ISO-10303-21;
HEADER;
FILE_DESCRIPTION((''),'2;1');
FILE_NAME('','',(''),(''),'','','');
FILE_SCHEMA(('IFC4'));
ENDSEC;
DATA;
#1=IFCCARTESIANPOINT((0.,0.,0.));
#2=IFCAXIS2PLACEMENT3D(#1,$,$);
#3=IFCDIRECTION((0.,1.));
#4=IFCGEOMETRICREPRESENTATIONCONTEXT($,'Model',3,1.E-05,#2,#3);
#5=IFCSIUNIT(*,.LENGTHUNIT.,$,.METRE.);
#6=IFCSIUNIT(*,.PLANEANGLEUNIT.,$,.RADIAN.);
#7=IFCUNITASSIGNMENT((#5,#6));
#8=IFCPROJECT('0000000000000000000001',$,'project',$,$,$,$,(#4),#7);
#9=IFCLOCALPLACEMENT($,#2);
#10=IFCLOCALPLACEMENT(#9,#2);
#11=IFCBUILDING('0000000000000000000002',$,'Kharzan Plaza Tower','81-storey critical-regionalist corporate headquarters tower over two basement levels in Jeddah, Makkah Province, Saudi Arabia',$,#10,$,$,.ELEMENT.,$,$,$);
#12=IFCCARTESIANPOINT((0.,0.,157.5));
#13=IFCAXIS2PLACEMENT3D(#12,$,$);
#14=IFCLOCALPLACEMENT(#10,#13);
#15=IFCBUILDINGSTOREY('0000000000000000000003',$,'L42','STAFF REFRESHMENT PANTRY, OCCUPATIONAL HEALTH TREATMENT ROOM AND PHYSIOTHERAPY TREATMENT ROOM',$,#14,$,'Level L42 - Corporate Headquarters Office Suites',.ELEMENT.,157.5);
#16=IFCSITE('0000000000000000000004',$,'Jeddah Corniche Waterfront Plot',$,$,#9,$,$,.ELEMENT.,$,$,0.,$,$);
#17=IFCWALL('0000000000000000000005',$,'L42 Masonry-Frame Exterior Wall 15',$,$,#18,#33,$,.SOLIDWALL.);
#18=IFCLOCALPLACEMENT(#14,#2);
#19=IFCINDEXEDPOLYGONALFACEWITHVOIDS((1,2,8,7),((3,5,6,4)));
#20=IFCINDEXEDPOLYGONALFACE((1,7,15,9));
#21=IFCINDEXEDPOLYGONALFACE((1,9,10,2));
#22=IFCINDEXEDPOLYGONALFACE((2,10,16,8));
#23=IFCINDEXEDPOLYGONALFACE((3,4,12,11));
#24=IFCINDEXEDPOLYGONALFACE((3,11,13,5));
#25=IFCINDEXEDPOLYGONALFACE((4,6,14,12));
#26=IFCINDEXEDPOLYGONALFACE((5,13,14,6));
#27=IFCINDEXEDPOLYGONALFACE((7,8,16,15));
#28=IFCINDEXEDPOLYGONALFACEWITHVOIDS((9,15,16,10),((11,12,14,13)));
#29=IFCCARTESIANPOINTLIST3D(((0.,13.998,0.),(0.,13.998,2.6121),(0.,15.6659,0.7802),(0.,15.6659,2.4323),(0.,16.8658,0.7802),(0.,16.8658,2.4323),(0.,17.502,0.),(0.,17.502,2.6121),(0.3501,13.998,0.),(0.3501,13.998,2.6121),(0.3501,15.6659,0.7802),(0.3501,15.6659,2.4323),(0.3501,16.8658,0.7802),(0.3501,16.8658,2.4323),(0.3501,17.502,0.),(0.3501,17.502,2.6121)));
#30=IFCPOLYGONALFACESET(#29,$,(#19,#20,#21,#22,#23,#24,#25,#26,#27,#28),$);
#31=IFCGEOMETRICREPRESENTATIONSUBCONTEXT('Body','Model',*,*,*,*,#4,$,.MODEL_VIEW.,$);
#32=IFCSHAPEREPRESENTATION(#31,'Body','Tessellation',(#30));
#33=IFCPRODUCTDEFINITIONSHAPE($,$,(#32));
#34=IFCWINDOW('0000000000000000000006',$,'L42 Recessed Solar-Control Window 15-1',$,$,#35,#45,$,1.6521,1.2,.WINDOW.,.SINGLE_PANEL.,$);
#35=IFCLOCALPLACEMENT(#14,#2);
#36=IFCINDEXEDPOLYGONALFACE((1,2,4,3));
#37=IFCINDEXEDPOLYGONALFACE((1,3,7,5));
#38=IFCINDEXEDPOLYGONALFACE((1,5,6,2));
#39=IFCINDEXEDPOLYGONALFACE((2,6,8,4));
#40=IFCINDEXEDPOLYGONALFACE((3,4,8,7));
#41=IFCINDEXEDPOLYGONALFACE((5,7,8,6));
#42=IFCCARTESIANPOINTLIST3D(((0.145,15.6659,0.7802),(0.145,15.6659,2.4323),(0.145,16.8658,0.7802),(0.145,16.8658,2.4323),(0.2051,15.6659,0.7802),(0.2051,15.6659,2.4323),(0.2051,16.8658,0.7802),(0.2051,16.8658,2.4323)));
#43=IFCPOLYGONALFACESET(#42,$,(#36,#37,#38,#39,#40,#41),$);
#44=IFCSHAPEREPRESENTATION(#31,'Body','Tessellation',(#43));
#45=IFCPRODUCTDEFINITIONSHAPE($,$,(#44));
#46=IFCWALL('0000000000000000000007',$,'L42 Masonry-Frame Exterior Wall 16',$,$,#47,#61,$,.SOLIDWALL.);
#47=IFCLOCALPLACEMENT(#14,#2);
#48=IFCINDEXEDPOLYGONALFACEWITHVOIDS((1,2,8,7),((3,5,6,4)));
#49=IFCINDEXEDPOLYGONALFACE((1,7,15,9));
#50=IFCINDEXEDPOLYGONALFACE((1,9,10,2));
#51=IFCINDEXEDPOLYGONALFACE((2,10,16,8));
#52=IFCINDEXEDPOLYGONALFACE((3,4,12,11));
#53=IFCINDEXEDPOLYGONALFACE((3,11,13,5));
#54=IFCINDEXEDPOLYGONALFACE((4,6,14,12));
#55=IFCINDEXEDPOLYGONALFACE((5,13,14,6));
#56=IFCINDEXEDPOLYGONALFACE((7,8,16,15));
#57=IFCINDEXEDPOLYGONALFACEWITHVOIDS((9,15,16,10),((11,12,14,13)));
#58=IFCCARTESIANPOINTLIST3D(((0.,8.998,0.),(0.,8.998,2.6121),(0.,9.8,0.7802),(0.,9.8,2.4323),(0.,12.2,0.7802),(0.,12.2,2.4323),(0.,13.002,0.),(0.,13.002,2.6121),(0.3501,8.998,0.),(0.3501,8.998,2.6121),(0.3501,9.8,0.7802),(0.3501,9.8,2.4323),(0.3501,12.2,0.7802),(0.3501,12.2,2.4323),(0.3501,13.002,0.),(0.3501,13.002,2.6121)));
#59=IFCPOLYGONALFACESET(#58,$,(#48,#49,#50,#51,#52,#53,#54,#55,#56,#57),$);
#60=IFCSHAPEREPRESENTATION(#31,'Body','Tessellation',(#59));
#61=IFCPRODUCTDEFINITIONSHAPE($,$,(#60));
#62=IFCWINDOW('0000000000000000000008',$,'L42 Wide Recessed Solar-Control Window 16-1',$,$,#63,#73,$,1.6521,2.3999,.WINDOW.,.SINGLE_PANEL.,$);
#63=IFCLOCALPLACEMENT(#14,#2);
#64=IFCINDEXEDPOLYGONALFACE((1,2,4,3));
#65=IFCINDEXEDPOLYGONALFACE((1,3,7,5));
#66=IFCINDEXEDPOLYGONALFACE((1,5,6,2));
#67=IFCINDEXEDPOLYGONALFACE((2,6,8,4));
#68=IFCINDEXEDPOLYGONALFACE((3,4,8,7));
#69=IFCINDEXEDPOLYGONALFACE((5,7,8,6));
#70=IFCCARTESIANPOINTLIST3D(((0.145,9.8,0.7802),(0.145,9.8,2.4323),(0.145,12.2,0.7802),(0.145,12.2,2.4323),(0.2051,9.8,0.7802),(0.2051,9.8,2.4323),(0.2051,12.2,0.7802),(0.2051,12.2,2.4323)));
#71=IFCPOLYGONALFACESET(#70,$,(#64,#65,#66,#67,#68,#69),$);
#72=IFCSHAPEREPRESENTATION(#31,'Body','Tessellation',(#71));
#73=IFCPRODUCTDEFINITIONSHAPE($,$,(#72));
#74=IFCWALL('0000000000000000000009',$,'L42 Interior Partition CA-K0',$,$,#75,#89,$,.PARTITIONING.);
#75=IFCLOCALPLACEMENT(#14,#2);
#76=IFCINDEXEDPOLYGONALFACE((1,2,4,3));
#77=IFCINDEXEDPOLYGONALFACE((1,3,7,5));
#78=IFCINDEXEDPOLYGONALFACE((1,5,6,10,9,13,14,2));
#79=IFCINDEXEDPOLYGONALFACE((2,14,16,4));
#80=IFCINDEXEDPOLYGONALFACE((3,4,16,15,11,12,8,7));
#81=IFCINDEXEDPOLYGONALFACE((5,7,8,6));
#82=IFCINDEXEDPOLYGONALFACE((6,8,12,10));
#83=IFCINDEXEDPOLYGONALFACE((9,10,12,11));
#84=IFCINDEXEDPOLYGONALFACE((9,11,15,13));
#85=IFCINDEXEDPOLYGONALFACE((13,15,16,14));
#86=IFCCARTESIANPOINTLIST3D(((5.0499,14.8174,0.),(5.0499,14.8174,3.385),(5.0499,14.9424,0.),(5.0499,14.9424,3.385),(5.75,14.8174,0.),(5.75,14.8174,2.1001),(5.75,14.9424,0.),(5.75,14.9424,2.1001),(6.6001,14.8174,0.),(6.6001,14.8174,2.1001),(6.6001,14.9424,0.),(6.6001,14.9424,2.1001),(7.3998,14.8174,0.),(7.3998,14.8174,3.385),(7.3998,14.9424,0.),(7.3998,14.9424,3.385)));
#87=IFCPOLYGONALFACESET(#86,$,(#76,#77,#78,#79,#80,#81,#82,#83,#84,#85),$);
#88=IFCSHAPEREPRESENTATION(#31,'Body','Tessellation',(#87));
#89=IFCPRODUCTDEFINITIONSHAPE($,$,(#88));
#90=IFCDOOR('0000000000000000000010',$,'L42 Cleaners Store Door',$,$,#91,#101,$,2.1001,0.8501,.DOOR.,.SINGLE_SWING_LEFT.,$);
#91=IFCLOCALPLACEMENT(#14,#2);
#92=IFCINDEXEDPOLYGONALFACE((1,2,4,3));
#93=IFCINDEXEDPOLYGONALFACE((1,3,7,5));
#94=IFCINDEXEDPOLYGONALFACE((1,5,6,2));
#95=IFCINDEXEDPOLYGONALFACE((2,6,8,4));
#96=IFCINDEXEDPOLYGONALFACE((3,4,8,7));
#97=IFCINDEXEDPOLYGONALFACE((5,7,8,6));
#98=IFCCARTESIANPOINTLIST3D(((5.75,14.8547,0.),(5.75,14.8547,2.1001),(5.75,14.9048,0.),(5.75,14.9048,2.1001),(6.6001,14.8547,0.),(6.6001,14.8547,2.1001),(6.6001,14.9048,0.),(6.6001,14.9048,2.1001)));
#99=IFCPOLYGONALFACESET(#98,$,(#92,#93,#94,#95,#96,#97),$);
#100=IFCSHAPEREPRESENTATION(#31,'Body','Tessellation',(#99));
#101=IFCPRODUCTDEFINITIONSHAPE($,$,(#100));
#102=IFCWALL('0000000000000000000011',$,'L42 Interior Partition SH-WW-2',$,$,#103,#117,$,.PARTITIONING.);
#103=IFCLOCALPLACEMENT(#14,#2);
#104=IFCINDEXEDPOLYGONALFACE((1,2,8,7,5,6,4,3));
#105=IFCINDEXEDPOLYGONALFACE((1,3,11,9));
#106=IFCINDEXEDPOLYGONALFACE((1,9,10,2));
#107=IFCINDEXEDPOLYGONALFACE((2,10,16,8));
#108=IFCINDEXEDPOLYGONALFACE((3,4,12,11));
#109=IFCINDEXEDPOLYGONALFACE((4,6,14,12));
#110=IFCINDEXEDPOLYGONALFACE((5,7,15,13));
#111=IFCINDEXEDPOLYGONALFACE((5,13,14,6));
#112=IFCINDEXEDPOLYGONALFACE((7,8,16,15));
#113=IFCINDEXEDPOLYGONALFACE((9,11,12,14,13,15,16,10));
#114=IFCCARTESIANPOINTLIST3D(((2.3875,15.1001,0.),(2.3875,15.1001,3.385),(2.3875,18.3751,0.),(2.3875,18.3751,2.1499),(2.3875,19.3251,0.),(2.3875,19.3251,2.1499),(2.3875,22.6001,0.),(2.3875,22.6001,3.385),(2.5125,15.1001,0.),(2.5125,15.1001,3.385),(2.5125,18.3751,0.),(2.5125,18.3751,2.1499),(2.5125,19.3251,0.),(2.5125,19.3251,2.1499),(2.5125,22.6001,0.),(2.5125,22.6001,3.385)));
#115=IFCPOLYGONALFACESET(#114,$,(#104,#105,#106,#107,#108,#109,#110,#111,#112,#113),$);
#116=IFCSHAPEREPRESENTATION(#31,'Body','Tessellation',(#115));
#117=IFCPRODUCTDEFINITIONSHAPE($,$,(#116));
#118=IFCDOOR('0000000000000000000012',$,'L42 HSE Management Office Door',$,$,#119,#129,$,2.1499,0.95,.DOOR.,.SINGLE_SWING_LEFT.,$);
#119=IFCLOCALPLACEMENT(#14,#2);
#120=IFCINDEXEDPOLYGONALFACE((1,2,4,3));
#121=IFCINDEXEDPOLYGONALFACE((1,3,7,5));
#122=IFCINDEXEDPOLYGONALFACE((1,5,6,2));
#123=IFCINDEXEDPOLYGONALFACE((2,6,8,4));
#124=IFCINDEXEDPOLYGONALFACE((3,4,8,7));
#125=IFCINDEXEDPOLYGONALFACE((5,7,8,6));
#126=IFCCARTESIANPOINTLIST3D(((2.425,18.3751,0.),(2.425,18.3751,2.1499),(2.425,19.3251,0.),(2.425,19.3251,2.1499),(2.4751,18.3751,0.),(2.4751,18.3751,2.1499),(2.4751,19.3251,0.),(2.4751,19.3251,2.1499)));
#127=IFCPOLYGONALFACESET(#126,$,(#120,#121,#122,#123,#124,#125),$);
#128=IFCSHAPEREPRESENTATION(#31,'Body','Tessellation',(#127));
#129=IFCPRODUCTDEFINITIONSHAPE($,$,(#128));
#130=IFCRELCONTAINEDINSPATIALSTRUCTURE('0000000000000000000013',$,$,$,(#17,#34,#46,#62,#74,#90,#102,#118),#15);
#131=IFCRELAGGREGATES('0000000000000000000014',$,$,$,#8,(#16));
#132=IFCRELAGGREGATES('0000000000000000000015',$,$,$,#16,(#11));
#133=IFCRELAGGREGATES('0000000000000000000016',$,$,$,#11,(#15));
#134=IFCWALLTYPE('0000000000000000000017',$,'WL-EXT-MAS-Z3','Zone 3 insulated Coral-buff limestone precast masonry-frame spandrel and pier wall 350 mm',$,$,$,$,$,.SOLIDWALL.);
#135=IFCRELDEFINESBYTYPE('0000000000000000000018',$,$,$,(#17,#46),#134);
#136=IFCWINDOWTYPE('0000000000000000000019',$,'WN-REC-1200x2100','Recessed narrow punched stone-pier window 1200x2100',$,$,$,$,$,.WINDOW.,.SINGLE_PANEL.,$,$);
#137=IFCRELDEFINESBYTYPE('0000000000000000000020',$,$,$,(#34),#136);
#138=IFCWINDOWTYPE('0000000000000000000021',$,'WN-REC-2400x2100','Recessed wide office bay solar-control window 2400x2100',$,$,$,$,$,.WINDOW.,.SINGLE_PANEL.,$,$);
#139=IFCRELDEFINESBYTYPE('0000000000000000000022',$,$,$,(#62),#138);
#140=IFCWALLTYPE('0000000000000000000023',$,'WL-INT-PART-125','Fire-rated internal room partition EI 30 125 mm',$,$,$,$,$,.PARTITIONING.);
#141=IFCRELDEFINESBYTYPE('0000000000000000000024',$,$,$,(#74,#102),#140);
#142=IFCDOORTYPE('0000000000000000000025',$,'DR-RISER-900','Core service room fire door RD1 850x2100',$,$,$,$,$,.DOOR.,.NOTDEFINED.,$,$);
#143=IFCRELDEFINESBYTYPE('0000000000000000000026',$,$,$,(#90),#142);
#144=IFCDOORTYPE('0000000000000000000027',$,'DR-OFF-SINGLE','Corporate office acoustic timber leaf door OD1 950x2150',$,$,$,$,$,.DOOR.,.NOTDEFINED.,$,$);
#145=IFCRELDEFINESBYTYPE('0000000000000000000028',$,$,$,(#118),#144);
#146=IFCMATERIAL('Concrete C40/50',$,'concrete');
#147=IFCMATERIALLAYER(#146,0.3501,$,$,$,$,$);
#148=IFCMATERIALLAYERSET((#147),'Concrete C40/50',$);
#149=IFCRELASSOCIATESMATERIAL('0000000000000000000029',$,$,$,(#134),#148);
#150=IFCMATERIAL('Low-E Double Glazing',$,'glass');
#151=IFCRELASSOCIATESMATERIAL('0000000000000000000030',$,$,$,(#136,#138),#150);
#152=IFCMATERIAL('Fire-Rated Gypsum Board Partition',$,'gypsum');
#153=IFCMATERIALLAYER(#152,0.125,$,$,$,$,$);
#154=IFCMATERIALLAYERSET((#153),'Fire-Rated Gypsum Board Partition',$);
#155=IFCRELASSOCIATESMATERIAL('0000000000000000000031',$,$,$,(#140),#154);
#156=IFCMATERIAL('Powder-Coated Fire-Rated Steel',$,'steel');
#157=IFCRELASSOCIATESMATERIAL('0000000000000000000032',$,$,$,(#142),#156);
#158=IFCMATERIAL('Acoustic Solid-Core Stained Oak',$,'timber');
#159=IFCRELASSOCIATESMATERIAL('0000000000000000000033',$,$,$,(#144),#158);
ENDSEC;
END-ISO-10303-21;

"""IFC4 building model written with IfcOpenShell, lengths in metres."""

from ifc_helpers import new_model, si_unit, direction, frame, frame_2d, origin, place, context, subcontext, project, spatial, rectangle, extrude, source, transform, mapped, material, layer, layer_set, type_object, element, fill, save


model = new_model("IFC4")

# Units and contexts
model_context = context("Model", 3, precision=1e-05, world=origin(), true_north=direction((0.0, 1.0)))
body_context = subcontext(model_context, "Body", "Model", "MODEL_VIEW")
ifc_project = project(units=[si_unit("LENGTHUNIT", "METRE"), si_unit("PLANEANGLEUNIT", "RADIAN")], contexts=[model_context])

# Site, building, storey
site_placement = place(None, origin())
site = spatial("IfcSite", under=ifc_project, at=site_placement, Name="Jeddah Corniche Waterfront Plot", CompositionType="ELEMENT", RefElevation=0.0)
building_placement = place(site_placement, origin())
building = spatial("IfcBuilding", under=site, at=building_placement, Name="Kharzan Plaza Tower", Description="81-storey critical-regionalist corporate headquarters tower over two basement levels in Jeddah, Makkah Province, Saudi Arabia", CompositionType="ELEMENT")
storey_placement = place(building_placement, frame((0.0, 0.0, 157.5)))
storey = spatial("IfcBuildingStorey", under=building, at=storey_placement, Name="L42", Description="STAFF REFRESHMENT PANTRY, OCCUPATIONAL HEALTH TREATMENT ROOM AND PHYSIOTHERAPY TREATMENT ROOM", LongName="Level L42 - Corporate Headquarters Office Suites", CompositionType="ELEMENT", Elevation=157.5)

# Walls, openings, windows
ifc_material_1 = material(Name="Concrete C40/50", Category="concrete")
ifc_layer_1 = layer(ifc_material_1, 0.3501)
ifc_layer_set_1 = layer_set([ifc_layer_1], Name="Concrete C40/50")
wall_type_1 = type_object("IfcWallType", Name="WL-EXT-MAS-Z3", Description="Zone 3 insulated Coral-buff limestone precast masonry-frame spandrel and pier wall 350 mm", PredefinedType="SOLIDWALL", material=ifc_layer_set_1)
wall_1_placement = place(storey_placement, frame((0.175, 17.502, 0.0), z_axis=(0.0, 0.0, 1.0), x_axis=(0.0, -1.0, 0.0)))
wall_1 = element("IfcWall", 1, at=wall_1_placement, inside=storey, type_object=wall_type_1, Name="L42 Masonry-Frame Exterior Wall 15", PredefinedType="SOLIDWALL", context=body_context, shape_type="SweptSolid", body=[
    extrude(rectangle(XDim=3.5039, YDim=0.3501, at=frame_2d((1.752, 0.0))), origin(), (0.0, 0.0, 1.0), 2.6121),
])
opening_1_placement = place(wall_1_placement, frame((0.636, 0.0, 0.78)))
opening_1 = element("IfcOpeningElement", 2, at=opening_1_placement, cuts=wall_1, PredefinedType="OPENING", context=body_context, shape_type="SweptSolid", body=[
    extrude(rectangle(XDim=1.2, YDim=1.6521, at=frame_2d((0.6001, 0.8262))), frame((0.0, 0.1851, 0.0), z_axis=(0.0, -1.0, 0.0), x_axis=(1.0, 0.0, 0.0)), (0.0, 0.0, 1.0), 0.3701),
])
ifc_material_2 = material(Name="Low-E Double Glazing", Category="glass")
window_type_1 = type_object("IfcWindowType", Name="WN-REC-1200x2100", Description="Recessed narrow punched stone-pier window 1200x2100", PartitioningType="SINGLE_PANEL", PredefinedType="WINDOW", material=ifc_material_2)
shared_shape_1 = source(origin(), body_context, "Body", "SweptSolid", [
    extrude(rectangle(XDim=1.2, YDim=1.6521, at=frame_2d((0.6001, 0.8262))), frame((0.0, 0.03, 0.0), z_axis=(0.0, -1.0, 0.0), x_axis=(1.0, 0.0, 0.0)), (0.0, 0.0, 1.0), 0.0601),
])
window_1_placement = place(opening_1_placement, origin())
window_1 = element("IfcWindow", 3, at=window_1_placement, inside=storey, type_object=window_type_1, Name="L42 Recessed Solar-Control Window 15-1", OverallHeight=1.6521, OverallWidth=1.2, PartitioningType="SINGLE_PANEL", PredefinedType="WINDOW", context=body_context, shape_type="MappedRepresentation", body=[
    mapped(shared_shape_1, transform((0.0, 0.0, 0.0), x_axis=(1.0, 0.0, 0.0), y_axis=(0.0, 1.0, 0.0), z_axis=(0.0, 0.0, 1.0))),
])
fill(opening_1, window_1)
wall_2_placement = place(storey_placement, frame((0.175, 13.002, 0.0), z_axis=(0.0, 0.0, 1.0), x_axis=(0.0, -1.0, 0.0)))
wall_2 = element("IfcWall", 4, at=wall_2_placement, inside=storey, type_object=wall_type_1, Name="L42 Masonry-Frame Exterior Wall 16", PredefinedType="SOLIDWALL", context=body_context, shape_type="SweptSolid", body=[
    extrude(rectangle(XDim=4.0039, YDim=0.3501, at=frame_2d((2.002, 0.0))), origin(), (0.0, 0.0, 1.0), 2.6121),
])
opening_2_placement = place(wall_2_placement, frame((0.802, 0.0, 0.78)))
opening_2 = element("IfcOpeningElement", 5, at=opening_2_placement, cuts=wall_2, PredefinedType="OPENING", context=body_context, shape_type="SweptSolid", body=[
    extrude(rectangle(XDim=2.3999, YDim=1.6521, at=frame_2d((1.2, 0.8262))), frame((0.0, 0.1851, 0.0), z_axis=(0.0, -1.0, 0.0), x_axis=(1.0, 0.0, 0.0)), (0.0, 0.0, 1.0), 0.3701),
])
window_type_2 = type_object("IfcWindowType", Name="WN-REC-2400x2100", Description="Recessed wide office bay solar-control window 2400x2100", PartitioningType="SINGLE_PANEL", PredefinedType="WINDOW", material=ifc_material_2)
shared_shape_2 = source(origin(), body_context, "Body", "SweptSolid", [
    extrude(rectangle(XDim=2.3999, YDim=1.6521, at=frame_2d((1.2, 0.8262))), frame((0.0, 0.03, 0.0), z_axis=(0.0, -1.0, 0.0), x_axis=(1.0, 0.0, 0.0)), (0.0, 0.0, 1.0), 0.0601),
])
window_2_placement = place(opening_2_placement, origin())
window_2 = element("IfcWindow", 6, at=window_2_placement, inside=storey, type_object=window_type_2, Name="L42 Wide Recessed Solar-Control Window 16-1", OverallHeight=1.6521, OverallWidth=2.3999, PartitioningType="SINGLE_PANEL", PredefinedType="WINDOW", context=body_context, shape_type="MappedRepresentation", body=[
    mapped(shared_shape_2, transform((0.0, 0.0, 0.0), x_axis=(1.0, 0.0, 0.0), y_axis=(0.0, 1.0, 0.0), z_axis=(0.0, 0.0, 1.0))),
])
fill(opening_2, window_2)

# Walls, openings, doors
ifc_material_3 = material(Name="Fire-Rated Gypsum Board Partition", Category="gypsum")
ifc_layer_2 = layer(ifc_material_3, 0.125)
ifc_layer_set_2 = layer_set([ifc_layer_2], Name="Fire-Rated Gypsum Board Partition")
wall_type_2 = type_object("IfcWallType", Name="WL-INT-PART-125", Description="Fire-rated internal room partition EI 30 125 mm", PredefinedType="PARTITIONING", material=ifc_layer_set_2)
wall_3_placement = place(storey_placement, frame((5.05, 14.8799, 0.0), z_axis=(0.0, 0.0, 1.0), x_axis=(1.0, 0.0, 0.0)))
wall_3 = element("IfcWall", 7, at=wall_3_placement, inside=storey, type_object=wall_type_2, Name="L42 Interior Partition CA-K0", PredefinedType="PARTITIONING", context=body_context, shape_type="SweptSolid", body=[
    extrude(rectangle(XDim=2.3499, YDim=0.125, at=frame_2d((1.1748, 0.0))), origin(), (0.0, 0.0, 1.0), 3.385),
])
opening_3_placement = place(wall_3_placement, frame((0.7, 0.0, 0.0)))
opening_3 = element("IfcOpeningElement", 8, at=opening_3_placement, cuts=wall_3, PredefinedType="OPENING", context=body_context, shape_type="SweptSolid", body=[
    extrude(rectangle(XDim=0.8501, YDim=2.1001, at=frame_2d((0.425, 1.05))), frame((0.0, 0.0725, 0.0), z_axis=(0.0, -1.0, 0.0), x_axis=(1.0, 0.0, 0.0)), (0.0, 0.0, 1.0), 0.145),
])
ifc_material_4 = material(Name="Powder-Coated Fire-Rated Steel", Category="steel")
door_type_1 = type_object("IfcDoorType", Name="DR-RISER-900", Description="Core service room fire door RD1 850x2100", OperationType="NOTDEFINED", PredefinedType="DOOR", material=ifc_material_4)
shared_shape_3 = source(origin(), body_context, "Body", "SweptSolid", [
    extrude(rectangle(XDim=0.8501, YDim=2.1001, at=frame_2d((0.425, 1.05))), frame((0.0, 0.0249, 0.0), z_axis=(0.0, -1.0, 0.0), x_axis=(1.0, 0.0, 0.0)), (0.0, 0.0, 1.0), 0.05),
])
door_1_placement = place(opening_3_placement, origin())
door_1 = element("IfcDoor", 9, at=door_1_placement, inside=storey, type_object=door_type_1, Name="L42 Cleaners Store Door", OperationType="SINGLE_SWING_LEFT", OverallHeight=2.1001, OverallWidth=0.8501, PredefinedType="DOOR", context=body_context, shape_type="MappedRepresentation", body=[
    mapped(shared_shape_3, transform((0.0, 0.0, 0.0), x_axis=(1.0, 0.0, 0.0), y_axis=(0.0, 1.0, 0.0), z_axis=(0.0, 0.0, 1.0))),
])
fill(opening_3, door_1)
wall_4_placement = place(storey_placement, frame((2.45, 15.1001, 0.0), z_axis=(0.0, 0.0, 1.0), x_axis=(0.0, 1.0, 0.0)))
wall_4 = element("IfcWall", 10, at=wall_4_placement, inside=storey, type_object=wall_type_2, Name="L42 Interior Partition SH-WW-2", PredefinedType="PARTITIONING", context=body_context, shape_type="SweptSolid", body=[
    extrude(rectangle(XDim=7.5, YDim=0.125, at=frame_2d((3.75, 0.0))), origin(), (0.0, 0.0, 1.0), 3.385),
])
opening_4_placement = place(wall_4_placement, frame((3.2749, 0.0, 0.0)))
opening_4 = element("IfcOpeningElement", 11, at=opening_4_placement, cuts=wall_4, PredefinedType="OPENING", context=body_context, shape_type="SweptSolid", body=[
    extrude(rectangle(XDim=0.95, YDim=2.1499, at=frame_2d((0.4751, 1.075))), frame((0.0, 0.0725, 0.0), z_axis=(0.0, -1.0, 0.0), x_axis=(1.0, 0.0, 0.0)), (0.0, 0.0, 1.0), 0.145),
])
ifc_material_5 = material(Name="Acoustic Solid-Core Stained Oak", Category="timber")
door_type_2 = type_object("IfcDoorType", Name="DR-OFF-SINGLE", Description="Corporate office acoustic timber leaf door OD1 950x2150", OperationType="NOTDEFINED", PredefinedType="DOOR", material=ifc_material_5)
shared_shape_4 = source(origin(), body_context, "Body", "SweptSolid", [
    extrude(rectangle(XDim=0.95, YDim=2.1499, at=frame_2d((0.4751, 1.075))), frame((0.0, 0.0249, 0.0), z_axis=(0.0, -1.0, 0.0), x_axis=(1.0, 0.0, 0.0)), (0.0, 0.0, 1.0), 0.05),
])
door_2_placement = place(opening_4_placement, origin())
door_2 = element("IfcDoor", 12, at=door_2_placement, inside=storey, type_object=door_type_2, Name="L42 HSE Management Office Door", OperationType="SINGLE_SWING_LEFT", OverallHeight=2.1499, OverallWidth=0.95, PredefinedType="DOOR", context=body_context, shape_type="MappedRepresentation", body=[
    mapped(shared_shape_4, transform((0.0, 0.0, 0.0), x_axis=(1.0, 0.0, 0.0), y_axis=(0.0, 1.0, 0.0), z_axis=(0.0, 0.0, 1.0))),
])
fill(opening_4, door_2)

save(model, "model.ifc")
